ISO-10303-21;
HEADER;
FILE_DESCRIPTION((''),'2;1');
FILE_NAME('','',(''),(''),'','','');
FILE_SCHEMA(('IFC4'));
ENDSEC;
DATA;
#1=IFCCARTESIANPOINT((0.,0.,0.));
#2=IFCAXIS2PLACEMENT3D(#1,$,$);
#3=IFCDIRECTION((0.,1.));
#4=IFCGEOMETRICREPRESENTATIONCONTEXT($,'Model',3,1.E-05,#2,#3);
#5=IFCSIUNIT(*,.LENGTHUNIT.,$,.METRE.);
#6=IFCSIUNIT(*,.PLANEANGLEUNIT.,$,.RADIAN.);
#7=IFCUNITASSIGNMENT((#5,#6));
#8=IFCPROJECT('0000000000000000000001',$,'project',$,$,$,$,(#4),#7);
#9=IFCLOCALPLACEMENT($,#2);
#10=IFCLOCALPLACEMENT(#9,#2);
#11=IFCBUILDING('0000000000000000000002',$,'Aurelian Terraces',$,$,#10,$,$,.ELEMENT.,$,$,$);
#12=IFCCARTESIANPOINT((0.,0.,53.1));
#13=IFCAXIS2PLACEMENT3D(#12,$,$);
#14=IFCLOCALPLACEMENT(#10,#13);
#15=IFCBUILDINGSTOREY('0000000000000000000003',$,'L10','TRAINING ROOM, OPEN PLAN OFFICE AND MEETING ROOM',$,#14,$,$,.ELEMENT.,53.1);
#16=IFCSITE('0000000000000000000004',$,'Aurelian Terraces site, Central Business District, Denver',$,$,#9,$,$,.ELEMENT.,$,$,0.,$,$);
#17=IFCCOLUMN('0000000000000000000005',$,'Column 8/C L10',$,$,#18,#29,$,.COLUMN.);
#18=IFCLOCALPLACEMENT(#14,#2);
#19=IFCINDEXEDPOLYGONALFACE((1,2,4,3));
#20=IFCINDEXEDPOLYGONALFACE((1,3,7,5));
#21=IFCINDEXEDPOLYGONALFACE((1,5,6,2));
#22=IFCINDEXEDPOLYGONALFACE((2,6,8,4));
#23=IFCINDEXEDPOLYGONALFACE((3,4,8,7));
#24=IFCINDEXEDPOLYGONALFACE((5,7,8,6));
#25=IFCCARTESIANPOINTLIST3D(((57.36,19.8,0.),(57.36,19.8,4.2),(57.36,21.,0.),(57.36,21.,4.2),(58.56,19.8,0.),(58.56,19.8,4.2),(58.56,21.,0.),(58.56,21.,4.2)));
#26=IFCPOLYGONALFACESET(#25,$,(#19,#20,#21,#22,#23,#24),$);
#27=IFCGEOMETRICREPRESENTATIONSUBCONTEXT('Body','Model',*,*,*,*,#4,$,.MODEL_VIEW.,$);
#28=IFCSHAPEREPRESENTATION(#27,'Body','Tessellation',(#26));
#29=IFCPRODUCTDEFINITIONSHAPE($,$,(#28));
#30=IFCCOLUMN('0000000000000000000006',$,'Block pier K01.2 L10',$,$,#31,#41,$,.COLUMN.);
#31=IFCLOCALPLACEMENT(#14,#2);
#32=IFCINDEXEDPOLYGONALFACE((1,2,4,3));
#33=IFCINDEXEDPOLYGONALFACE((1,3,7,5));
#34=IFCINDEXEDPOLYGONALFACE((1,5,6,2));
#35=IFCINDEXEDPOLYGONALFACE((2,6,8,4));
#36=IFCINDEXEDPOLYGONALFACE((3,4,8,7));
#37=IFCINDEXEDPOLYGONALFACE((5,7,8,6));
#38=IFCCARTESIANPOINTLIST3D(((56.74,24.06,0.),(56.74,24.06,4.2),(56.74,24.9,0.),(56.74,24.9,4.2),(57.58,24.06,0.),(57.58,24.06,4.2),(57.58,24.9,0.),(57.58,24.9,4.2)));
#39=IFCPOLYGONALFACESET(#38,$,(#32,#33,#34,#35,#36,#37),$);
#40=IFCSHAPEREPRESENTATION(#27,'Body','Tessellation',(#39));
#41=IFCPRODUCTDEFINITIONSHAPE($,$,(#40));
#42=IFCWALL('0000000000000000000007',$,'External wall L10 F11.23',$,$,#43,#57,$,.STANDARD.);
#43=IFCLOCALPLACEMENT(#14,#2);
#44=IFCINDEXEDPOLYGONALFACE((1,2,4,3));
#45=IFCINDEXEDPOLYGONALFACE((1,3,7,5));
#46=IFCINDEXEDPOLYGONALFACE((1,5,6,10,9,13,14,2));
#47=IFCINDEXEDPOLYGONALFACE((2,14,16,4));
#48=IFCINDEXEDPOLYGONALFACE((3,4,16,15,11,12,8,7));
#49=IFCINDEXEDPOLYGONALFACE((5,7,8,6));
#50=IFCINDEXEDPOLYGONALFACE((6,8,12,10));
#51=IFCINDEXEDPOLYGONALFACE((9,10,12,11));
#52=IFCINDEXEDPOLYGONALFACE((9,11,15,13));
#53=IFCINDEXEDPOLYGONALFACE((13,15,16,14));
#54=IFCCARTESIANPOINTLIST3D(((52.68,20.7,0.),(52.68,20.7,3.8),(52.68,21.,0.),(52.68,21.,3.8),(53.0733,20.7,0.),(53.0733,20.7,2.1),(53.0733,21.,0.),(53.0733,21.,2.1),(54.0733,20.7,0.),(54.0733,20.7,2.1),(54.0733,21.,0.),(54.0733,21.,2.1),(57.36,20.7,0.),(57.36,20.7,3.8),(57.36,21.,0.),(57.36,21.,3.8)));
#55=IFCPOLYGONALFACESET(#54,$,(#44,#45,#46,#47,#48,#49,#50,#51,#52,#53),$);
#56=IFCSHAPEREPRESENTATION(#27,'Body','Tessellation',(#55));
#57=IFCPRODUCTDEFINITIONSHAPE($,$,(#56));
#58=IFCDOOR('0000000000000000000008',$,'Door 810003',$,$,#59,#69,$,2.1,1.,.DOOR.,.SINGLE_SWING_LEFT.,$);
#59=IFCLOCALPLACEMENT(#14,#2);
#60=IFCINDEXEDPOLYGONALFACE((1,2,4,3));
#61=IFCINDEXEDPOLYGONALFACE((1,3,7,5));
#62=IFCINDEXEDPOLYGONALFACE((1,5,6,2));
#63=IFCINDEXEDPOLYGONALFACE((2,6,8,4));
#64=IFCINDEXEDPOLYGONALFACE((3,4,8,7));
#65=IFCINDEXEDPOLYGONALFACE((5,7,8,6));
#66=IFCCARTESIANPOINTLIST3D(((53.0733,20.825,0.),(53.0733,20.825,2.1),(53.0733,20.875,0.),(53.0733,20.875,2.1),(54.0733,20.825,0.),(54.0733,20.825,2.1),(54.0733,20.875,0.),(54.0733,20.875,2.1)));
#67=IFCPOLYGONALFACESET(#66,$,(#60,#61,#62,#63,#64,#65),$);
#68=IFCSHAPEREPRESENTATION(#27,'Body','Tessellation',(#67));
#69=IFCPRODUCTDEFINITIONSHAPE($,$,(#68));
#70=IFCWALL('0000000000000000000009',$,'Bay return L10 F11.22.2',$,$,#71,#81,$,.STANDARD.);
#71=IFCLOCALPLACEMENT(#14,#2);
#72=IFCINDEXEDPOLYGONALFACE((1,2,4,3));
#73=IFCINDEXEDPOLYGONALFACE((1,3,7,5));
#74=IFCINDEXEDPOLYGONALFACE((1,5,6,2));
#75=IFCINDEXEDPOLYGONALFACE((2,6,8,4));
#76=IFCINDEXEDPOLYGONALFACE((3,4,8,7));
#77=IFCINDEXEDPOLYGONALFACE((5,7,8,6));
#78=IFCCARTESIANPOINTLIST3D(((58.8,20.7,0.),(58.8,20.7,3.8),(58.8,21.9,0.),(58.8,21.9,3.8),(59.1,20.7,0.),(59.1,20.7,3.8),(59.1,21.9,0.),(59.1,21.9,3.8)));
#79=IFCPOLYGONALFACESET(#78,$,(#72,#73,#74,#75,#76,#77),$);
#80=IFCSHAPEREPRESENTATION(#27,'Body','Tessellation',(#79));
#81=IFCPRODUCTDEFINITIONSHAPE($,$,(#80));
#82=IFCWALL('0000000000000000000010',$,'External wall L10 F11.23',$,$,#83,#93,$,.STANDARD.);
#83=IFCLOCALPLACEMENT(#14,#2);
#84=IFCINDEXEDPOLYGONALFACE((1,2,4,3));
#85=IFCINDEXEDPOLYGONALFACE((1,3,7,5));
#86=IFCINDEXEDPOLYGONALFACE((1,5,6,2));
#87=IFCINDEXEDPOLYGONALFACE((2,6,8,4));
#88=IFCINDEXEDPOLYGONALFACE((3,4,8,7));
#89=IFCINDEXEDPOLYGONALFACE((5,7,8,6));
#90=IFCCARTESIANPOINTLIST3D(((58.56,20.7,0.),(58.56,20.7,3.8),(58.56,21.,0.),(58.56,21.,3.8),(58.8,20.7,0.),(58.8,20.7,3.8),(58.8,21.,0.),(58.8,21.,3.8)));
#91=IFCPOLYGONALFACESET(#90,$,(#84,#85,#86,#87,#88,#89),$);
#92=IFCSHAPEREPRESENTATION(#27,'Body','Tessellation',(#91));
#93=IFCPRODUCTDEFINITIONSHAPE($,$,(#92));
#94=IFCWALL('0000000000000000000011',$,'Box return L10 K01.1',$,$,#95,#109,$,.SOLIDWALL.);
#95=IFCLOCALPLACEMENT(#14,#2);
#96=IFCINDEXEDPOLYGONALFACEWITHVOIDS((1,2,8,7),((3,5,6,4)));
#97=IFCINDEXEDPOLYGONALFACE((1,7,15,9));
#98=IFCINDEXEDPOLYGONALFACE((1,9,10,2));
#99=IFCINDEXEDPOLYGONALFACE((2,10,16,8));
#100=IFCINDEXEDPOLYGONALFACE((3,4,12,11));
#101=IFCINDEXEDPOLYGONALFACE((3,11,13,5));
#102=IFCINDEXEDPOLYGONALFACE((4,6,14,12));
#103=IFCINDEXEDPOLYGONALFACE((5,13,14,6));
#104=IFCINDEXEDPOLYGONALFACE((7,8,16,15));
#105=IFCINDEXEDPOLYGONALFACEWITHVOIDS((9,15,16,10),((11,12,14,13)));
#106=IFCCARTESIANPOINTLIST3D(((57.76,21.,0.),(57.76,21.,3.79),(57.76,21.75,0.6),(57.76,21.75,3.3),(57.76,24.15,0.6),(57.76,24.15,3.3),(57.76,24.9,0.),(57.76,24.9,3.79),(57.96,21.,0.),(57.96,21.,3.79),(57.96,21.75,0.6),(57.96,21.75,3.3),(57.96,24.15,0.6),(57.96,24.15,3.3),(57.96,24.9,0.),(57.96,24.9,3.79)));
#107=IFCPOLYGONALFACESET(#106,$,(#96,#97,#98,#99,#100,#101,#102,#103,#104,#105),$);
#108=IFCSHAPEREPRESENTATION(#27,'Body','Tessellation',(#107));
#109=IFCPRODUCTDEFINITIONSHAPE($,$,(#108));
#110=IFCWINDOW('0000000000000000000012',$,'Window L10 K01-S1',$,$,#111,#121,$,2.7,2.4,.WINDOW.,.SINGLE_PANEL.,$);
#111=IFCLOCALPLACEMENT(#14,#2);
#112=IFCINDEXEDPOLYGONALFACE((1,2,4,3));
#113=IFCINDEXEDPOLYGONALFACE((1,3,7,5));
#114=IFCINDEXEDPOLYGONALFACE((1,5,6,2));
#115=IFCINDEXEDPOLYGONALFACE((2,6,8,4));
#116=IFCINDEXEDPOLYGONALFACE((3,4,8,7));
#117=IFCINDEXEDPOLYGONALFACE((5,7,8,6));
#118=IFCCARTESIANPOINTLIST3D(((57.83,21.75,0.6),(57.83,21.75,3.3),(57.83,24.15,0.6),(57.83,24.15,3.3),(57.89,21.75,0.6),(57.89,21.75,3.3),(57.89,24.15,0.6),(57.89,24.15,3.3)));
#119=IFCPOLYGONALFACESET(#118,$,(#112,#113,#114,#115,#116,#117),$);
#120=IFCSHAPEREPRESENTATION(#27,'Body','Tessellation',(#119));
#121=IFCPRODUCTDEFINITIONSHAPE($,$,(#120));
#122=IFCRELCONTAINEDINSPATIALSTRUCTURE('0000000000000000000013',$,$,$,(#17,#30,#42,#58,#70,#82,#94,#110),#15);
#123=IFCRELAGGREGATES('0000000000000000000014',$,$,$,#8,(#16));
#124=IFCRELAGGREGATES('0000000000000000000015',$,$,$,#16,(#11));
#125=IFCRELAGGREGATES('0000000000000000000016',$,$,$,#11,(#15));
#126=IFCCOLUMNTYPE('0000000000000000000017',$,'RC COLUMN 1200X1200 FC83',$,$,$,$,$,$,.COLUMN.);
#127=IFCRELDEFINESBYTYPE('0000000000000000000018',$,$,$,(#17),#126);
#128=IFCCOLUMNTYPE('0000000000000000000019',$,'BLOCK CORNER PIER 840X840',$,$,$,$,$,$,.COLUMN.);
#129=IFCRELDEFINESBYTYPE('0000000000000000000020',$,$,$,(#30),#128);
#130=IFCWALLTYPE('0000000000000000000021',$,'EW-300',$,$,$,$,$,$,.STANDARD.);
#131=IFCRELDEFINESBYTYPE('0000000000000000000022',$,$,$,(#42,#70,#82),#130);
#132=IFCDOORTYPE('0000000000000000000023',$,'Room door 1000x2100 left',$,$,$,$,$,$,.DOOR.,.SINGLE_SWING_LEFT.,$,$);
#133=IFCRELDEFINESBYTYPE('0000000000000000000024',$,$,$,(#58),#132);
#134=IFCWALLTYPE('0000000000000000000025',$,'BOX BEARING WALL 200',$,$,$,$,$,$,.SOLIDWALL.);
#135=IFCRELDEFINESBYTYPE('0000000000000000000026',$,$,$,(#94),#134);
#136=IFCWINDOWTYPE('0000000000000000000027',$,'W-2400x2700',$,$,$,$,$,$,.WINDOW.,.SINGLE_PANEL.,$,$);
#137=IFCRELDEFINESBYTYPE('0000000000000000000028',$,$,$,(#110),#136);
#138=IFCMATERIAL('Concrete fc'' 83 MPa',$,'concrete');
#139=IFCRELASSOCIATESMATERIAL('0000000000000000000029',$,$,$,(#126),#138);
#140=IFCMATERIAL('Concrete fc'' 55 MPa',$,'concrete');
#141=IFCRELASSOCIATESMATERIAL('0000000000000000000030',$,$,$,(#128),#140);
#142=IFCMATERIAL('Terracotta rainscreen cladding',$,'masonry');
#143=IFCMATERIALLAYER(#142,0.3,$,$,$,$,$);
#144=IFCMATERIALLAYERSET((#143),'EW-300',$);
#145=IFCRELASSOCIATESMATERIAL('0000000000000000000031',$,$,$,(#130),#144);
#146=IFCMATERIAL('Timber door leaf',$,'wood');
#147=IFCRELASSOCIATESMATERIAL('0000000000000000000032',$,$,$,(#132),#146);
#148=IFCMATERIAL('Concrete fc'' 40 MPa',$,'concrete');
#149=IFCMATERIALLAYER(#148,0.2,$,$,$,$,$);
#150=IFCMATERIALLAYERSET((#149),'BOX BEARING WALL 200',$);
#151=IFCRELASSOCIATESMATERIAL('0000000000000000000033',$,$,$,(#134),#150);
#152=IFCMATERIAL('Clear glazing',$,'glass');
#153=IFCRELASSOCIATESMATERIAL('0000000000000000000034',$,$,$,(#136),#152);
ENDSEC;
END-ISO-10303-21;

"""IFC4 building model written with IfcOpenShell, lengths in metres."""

from ifc_helpers import new_model, si_unit, direction, frame, frame_2d, origin, origin_2d, place, context, subcontext, project, spatial, rectangle, extrude, source, transform, mapped, material, layer, layer_set, material_profile, profile_set, type_object, element, fill, save


model = new_model("IFC4")

# Units and contexts
model_context = context("Model", 3, precision=1e-05, world=origin(), true_north=direction((0.0, 1.0)))
body_context = subcontext(model_context, "Body", "Model", "MODEL_VIEW")
ifc_project = project(units=[si_unit("LENGTHUNIT", "METRE"), si_unit("PLANEANGLEUNIT", "RADIAN")], contexts=[model_context])

# Site, building, storey
site_placement = place(None, origin())
site = spatial("IfcSite", under=ifc_project, at=site_placement, Name="Aurelian Terraces site, Central Business District, Denver", CompositionType="ELEMENT", RefElevation=0.0)
building_placement = place(site_placement, origin())
building = spatial("IfcBuilding", under=site, at=building_placement, Name="Aurelian Terraces", CompositionType="ELEMENT")
storey_placement = place(building_placement, frame((0.0, 0.0, 53.1)))
storey = spatial("IfcBuildingStorey", under=building, at=storey_placement, Name="L10", Description="TRAINING ROOM, OPEN PLAN OFFICE AND MEETING ROOM", CompositionType="ELEMENT", Elevation=53.1)

# Columns
ifc_material_1 = material(Name="Concrete fc' 83 MPa", Category="concrete")
ifc_material_profile_1 = material_profile(ifc_material_1, rectangle(XDim=1.2, YDim=1.2, at=origin_2d()))
ifc_profile_set_1 = profile_set([ifc_material_profile_1], Name="Concrete fc' 83 MPa")
column_type_1 = type_object("IfcColumnType", Name="RC COLUMN 1200X1200 FC83", PredefinedType="COLUMN", material=ifc_profile_set_1)
shared_shape_1 = source(origin(), body_context, "Body", "SweptSolid", [
    extrude(rectangle(XDim=1.2, YDim=1.2, at=origin_2d()), origin(), (0.0, 0.0, 1.0), 4.2),
])
column_1_placement = place(storey_placement, frame((57.96, 20.4, 0.0), z_axis=(0.0, 0.0, 1.0), x_axis=(1.0, 0.0, 0.0)))
element("IfcColumn", 1, at=column_1_placement, inside=storey, type_object=column_type_1, Name="Column 8/C L10", PredefinedType="COLUMN", context=body_context, shape_type="MappedRepresentation", body=[
    mapped(shared_shape_1, transform((0.0, 0.0, 0.0), scale=1.0)),
])
ifc_material_2 = material(Name="Concrete fc' 55 MPa", Category="concrete")
ifc_material_profile_2 = material_profile(ifc_material_2, rectangle(XDim=0.84, YDim=0.84, at=origin_2d()))
ifc_profile_set_2 = profile_set([ifc_material_profile_2], Name="Concrete fc' 55 MPa")
column_type_2 = type_object("IfcColumnType", Name="BLOCK CORNER PIER 840X840", PredefinedType="COLUMN", material=ifc_profile_set_2)
shared_shape_2 = source(origin(), body_context, "Body", "SweptSolid", [
    extrude(rectangle(XDim=0.84, YDim=0.84, at=origin_2d()), origin(), (0.0, 0.0, 1.0), 4.2),
])
column_2_placement = place(storey_placement, frame((57.16, 24.48, 0.0), z_axis=(0.0, 0.0, 1.0), x_axis=(1.0, 0.0, 0.0)))
element("IfcColumn", 2, at=column_2_placement, inside=storey, type_object=column_type_2, Name="Block pier K01.2 L10", PredefinedType="COLUMN", context=body_context, shape_type="MappedRepresentation", body=[
    mapped(shared_shape_2, transform((0.0, 0.0, 0.0), scale=1.0)),
])

# Wall, opening, door
ifc_material_3 = material(Name="Terracotta rainscreen cladding", Category="masonry")
ifc_layer_1 = layer(ifc_material_3, 0.3)
ifc_layer_set_1 = layer_set([ifc_layer_1], Name="EW-300")
wall_type_1 = type_object("IfcWallType", Name="EW-300", PredefinedType="STANDARD", material=ifc_layer_set_1)
shared_shape_3 = source(origin(), body_context, "Body", "SweptSolid", [
    extrude(rectangle(XDim=4.68, YDim=0.3, at=frame_2d((2.34, 0.0))), origin(), (0.0, 0.0, 1.0), 3.8),
])
wall_1_placement = place(storey_placement, frame((57.36, 20.85, 0.0), z_axis=(0.0, 0.0, 1.0), x_axis=(-1.0, 0.0, 0.0)))
wall_1 = element("IfcWall", 3, at=wall_1_placement, inside=storey, type_object=wall_type_1, Name="External wall L10 F11.23", PredefinedType="STANDARD", context=body_context, shape_type="MappedRepresentation", body=[
    mapped(shared_shape_3, transform((0.0, 0.0, 0.0), scale=1.0)),
])
shared_shape_4 = source(origin(), body_context, "Body", "SweptSolid", [
    extrude(rectangle(XDim=1.0, YDim=2.1, at=frame_2d((0.5, 1.05))), frame((0.0, 0.16, 0.0), z_axis=(0.0, -1.0, 0.0), x_axis=(1.0, 0.0, 0.0)), (0.0, 0.0, 1.0), 0.32),
])
opening_1_placement = place(wall_1_placement, frame((3.2867, 0.0, 0.0)))
opening_1 = element("IfcOpeningElement", 4, at=opening_1_placement, cuts=wall_1, PredefinedType="OPENING", context=body_context, shape_type="MappedRepresentation", body=[
    mapped(shared_shape_4, transform((0.0, 0.0, 0.0), scale=1.0)),
])
ifc_material_4 = material(Name="Timber door leaf", Category="wood")
door_type = type_object("IfcDoorType", Name="Room door 1000x2100 left", OperationType="SINGLE_SWING_LEFT", PredefinedType="DOOR", material=ifc_material_4)
shared_shape_5 = source(origin(), body_context, "Body", "SweptSolid", [
    extrude(rectangle(XDim=1.0, YDim=2.1, at=frame_2d((0.5, 1.05))), frame((0.0, 0.025, 0.0), z_axis=(0.0, -1.0, 0.0), x_axis=(1.0, 0.0, 0.0)), (0.0, 0.0, 1.0), 0.05),
])
door_placement = place(opening_1_placement, origin())
door = element("IfcDoor", 5, at=door_placement, inside=storey, type_object=door_type, Name="Door 810003", OperationType="SINGLE_SWING_LEFT", OverallHeight=2.1, OverallWidth=1.0, PredefinedType="DOOR", context=body_context, shape_type="MappedRepresentation", body=[
    mapped(shared_shape_5, transform((0.0, 0.0, 0.0), scale=1.0)),
])
fill(opening_1, door)

# Walls
shared_shape_6 = source(origin(), body_context, "Body", "SweptSolid", [
    extrude(rectangle(XDim=1.2, YDim=0.3, at=frame_2d((0.6, 0.0))), origin(), (0.0, 0.0, 1.0), 3.8),
])
wall_2_placement = place(storey_placement, frame((58.95, 20.7, 0.0), z_axis=(0.0, 0.0, 1.0), x_axis=(0.0, 1.0, 0.0)))
element("IfcWall", 6, at=wall_2_placement, inside=storey, type_object=wall_type_1, Name="Bay return L10 F11.22.2", PredefinedType="STANDARD", context=body_context, shape_type="MappedRepresentation", body=[
    mapped(shared_shape_6, transform((0.0, 0.0, 0.0), scale=1.0)),
])
shared_shape_7 = source(origin(), body_context, "Body", "SweptSolid", [
    extrude(rectangle(XDim=0.24, YDim=0.3, at=frame_2d((0.12, 0.0))), origin(), (0.0, 0.0, 1.0), 3.8),
])
wall_3_placement = place(storey_placement, frame((58.8, 20.85, 0.0), z_axis=(0.0, 0.0, 1.0), x_axis=(-1.0, 0.0, 0.0)))
element("IfcWall", 7, at=wall_3_placement, inside=storey, type_object=wall_type_1, Name="External wall L10 F11.23", PredefinedType="STANDARD", context=body_context, shape_type="MappedRepresentation", body=[
    mapped(shared_shape_7, transform((0.0, 0.0, 0.0), scale=1.0)),
])

# Wall, opening, window
ifc_material_5 = material(Name="Concrete fc' 40 MPa", Category="concrete")
ifc_layer_2 = layer(ifc_material_5, 0.2)
ifc_layer_set_2 = layer_set([ifc_layer_2], Name="BOX BEARING WALL 200")
wall_type_2 = type_object("IfcWallType", Name="BOX BEARING WALL 200", PredefinedType="SOLIDWALL", material=ifc_layer_set_2)
shared_shape_8 = source(origin(), body_context, "Body", "SweptSolid", [
    extrude(rectangle(XDim=3.9, YDim=0.2, at=frame_2d((1.95, 0.0))), origin(), (0.0, 0.0, 1.0), 3.79),
])
wall_4_placement = place(storey_placement, frame((57.86, 21.0, 0.0), z_axis=(0.0, 0.0, 1.0), x_axis=(0.0, 1.0, 0.0)))
wall_4 = element("IfcWall", 8, at=wall_4_placement, inside=storey, type_object=wall_type_2, Name="Box return L10 K01.1", PredefinedType="SOLIDWALL", context=body_context, shape_type="MappedRepresentation", body=[
    mapped(shared_shape_8, transform((0.0, 0.0, 0.0), scale=1.0)),
])
shared_shape_9 = source(origin(), body_context, "Body", "SweptSolid", [
    extrude(rectangle(XDim=2.4, YDim=2.7, at=frame_2d((1.2, 1.35))), frame((0.0, 0.11, 0.0), z_axis=(0.0, -1.0, 0.0), x_axis=(1.0, 0.0, 0.0)), (0.0, 0.0, 1.0), 0.22),
])
opening_2_placement = place(wall_4_placement, frame((0.75, 0.0, 0.6)))
opening_2 = element("IfcOpeningElement", 9, at=opening_2_placement, cuts=wall_4, PredefinedType="OPENING", context=body_context, shape_type="MappedRepresentation", body=[
    mapped(shared_shape_9, transform((0.0, 0.0, 0.0), scale=1.0)),
])
ifc_material_6 = material(Name="Clear glazing", Category="glass")
window_type_1 = type_object("IfcWindowType", Name="W-2400x2700", PartitioningType="SINGLE_PANEL", PredefinedType="WINDOW", material=ifc_material_6)
shared_shape_10 = source(origin(), body_context, "Body", "SweptSolid", [
    extrude(rectangle(XDim=2.4, YDim=2.7, at=frame_2d((1.2, 1.35))), frame((0.0, 0.03, 0.0), z_axis=(0.0, -1.0, 0.0), x_axis=(1.0, 0.0, 0.0)), (0.0, 0.0, 1.0), 0.06),
])
window_1_placement = place(opening_2_placement, origin())
window_1 = element("IfcWindow", 10, at=window_1_placement, inside=storey, type_object=window_type_1, Name="Window L10 K01-S1", OverallHeight=2.7, OverallWidth=2.4, PartitioningType="SINGLE_PANEL", PredefinedType="WINDOW", context=body_context, shape_type="MappedRepresentation", body=[
    mapped(shared_shape_10, transform((0.0, 0.0, 0.0), scale=1.0)),
])
fill(opening_2, window_1)

save(model, "model.ifc")
